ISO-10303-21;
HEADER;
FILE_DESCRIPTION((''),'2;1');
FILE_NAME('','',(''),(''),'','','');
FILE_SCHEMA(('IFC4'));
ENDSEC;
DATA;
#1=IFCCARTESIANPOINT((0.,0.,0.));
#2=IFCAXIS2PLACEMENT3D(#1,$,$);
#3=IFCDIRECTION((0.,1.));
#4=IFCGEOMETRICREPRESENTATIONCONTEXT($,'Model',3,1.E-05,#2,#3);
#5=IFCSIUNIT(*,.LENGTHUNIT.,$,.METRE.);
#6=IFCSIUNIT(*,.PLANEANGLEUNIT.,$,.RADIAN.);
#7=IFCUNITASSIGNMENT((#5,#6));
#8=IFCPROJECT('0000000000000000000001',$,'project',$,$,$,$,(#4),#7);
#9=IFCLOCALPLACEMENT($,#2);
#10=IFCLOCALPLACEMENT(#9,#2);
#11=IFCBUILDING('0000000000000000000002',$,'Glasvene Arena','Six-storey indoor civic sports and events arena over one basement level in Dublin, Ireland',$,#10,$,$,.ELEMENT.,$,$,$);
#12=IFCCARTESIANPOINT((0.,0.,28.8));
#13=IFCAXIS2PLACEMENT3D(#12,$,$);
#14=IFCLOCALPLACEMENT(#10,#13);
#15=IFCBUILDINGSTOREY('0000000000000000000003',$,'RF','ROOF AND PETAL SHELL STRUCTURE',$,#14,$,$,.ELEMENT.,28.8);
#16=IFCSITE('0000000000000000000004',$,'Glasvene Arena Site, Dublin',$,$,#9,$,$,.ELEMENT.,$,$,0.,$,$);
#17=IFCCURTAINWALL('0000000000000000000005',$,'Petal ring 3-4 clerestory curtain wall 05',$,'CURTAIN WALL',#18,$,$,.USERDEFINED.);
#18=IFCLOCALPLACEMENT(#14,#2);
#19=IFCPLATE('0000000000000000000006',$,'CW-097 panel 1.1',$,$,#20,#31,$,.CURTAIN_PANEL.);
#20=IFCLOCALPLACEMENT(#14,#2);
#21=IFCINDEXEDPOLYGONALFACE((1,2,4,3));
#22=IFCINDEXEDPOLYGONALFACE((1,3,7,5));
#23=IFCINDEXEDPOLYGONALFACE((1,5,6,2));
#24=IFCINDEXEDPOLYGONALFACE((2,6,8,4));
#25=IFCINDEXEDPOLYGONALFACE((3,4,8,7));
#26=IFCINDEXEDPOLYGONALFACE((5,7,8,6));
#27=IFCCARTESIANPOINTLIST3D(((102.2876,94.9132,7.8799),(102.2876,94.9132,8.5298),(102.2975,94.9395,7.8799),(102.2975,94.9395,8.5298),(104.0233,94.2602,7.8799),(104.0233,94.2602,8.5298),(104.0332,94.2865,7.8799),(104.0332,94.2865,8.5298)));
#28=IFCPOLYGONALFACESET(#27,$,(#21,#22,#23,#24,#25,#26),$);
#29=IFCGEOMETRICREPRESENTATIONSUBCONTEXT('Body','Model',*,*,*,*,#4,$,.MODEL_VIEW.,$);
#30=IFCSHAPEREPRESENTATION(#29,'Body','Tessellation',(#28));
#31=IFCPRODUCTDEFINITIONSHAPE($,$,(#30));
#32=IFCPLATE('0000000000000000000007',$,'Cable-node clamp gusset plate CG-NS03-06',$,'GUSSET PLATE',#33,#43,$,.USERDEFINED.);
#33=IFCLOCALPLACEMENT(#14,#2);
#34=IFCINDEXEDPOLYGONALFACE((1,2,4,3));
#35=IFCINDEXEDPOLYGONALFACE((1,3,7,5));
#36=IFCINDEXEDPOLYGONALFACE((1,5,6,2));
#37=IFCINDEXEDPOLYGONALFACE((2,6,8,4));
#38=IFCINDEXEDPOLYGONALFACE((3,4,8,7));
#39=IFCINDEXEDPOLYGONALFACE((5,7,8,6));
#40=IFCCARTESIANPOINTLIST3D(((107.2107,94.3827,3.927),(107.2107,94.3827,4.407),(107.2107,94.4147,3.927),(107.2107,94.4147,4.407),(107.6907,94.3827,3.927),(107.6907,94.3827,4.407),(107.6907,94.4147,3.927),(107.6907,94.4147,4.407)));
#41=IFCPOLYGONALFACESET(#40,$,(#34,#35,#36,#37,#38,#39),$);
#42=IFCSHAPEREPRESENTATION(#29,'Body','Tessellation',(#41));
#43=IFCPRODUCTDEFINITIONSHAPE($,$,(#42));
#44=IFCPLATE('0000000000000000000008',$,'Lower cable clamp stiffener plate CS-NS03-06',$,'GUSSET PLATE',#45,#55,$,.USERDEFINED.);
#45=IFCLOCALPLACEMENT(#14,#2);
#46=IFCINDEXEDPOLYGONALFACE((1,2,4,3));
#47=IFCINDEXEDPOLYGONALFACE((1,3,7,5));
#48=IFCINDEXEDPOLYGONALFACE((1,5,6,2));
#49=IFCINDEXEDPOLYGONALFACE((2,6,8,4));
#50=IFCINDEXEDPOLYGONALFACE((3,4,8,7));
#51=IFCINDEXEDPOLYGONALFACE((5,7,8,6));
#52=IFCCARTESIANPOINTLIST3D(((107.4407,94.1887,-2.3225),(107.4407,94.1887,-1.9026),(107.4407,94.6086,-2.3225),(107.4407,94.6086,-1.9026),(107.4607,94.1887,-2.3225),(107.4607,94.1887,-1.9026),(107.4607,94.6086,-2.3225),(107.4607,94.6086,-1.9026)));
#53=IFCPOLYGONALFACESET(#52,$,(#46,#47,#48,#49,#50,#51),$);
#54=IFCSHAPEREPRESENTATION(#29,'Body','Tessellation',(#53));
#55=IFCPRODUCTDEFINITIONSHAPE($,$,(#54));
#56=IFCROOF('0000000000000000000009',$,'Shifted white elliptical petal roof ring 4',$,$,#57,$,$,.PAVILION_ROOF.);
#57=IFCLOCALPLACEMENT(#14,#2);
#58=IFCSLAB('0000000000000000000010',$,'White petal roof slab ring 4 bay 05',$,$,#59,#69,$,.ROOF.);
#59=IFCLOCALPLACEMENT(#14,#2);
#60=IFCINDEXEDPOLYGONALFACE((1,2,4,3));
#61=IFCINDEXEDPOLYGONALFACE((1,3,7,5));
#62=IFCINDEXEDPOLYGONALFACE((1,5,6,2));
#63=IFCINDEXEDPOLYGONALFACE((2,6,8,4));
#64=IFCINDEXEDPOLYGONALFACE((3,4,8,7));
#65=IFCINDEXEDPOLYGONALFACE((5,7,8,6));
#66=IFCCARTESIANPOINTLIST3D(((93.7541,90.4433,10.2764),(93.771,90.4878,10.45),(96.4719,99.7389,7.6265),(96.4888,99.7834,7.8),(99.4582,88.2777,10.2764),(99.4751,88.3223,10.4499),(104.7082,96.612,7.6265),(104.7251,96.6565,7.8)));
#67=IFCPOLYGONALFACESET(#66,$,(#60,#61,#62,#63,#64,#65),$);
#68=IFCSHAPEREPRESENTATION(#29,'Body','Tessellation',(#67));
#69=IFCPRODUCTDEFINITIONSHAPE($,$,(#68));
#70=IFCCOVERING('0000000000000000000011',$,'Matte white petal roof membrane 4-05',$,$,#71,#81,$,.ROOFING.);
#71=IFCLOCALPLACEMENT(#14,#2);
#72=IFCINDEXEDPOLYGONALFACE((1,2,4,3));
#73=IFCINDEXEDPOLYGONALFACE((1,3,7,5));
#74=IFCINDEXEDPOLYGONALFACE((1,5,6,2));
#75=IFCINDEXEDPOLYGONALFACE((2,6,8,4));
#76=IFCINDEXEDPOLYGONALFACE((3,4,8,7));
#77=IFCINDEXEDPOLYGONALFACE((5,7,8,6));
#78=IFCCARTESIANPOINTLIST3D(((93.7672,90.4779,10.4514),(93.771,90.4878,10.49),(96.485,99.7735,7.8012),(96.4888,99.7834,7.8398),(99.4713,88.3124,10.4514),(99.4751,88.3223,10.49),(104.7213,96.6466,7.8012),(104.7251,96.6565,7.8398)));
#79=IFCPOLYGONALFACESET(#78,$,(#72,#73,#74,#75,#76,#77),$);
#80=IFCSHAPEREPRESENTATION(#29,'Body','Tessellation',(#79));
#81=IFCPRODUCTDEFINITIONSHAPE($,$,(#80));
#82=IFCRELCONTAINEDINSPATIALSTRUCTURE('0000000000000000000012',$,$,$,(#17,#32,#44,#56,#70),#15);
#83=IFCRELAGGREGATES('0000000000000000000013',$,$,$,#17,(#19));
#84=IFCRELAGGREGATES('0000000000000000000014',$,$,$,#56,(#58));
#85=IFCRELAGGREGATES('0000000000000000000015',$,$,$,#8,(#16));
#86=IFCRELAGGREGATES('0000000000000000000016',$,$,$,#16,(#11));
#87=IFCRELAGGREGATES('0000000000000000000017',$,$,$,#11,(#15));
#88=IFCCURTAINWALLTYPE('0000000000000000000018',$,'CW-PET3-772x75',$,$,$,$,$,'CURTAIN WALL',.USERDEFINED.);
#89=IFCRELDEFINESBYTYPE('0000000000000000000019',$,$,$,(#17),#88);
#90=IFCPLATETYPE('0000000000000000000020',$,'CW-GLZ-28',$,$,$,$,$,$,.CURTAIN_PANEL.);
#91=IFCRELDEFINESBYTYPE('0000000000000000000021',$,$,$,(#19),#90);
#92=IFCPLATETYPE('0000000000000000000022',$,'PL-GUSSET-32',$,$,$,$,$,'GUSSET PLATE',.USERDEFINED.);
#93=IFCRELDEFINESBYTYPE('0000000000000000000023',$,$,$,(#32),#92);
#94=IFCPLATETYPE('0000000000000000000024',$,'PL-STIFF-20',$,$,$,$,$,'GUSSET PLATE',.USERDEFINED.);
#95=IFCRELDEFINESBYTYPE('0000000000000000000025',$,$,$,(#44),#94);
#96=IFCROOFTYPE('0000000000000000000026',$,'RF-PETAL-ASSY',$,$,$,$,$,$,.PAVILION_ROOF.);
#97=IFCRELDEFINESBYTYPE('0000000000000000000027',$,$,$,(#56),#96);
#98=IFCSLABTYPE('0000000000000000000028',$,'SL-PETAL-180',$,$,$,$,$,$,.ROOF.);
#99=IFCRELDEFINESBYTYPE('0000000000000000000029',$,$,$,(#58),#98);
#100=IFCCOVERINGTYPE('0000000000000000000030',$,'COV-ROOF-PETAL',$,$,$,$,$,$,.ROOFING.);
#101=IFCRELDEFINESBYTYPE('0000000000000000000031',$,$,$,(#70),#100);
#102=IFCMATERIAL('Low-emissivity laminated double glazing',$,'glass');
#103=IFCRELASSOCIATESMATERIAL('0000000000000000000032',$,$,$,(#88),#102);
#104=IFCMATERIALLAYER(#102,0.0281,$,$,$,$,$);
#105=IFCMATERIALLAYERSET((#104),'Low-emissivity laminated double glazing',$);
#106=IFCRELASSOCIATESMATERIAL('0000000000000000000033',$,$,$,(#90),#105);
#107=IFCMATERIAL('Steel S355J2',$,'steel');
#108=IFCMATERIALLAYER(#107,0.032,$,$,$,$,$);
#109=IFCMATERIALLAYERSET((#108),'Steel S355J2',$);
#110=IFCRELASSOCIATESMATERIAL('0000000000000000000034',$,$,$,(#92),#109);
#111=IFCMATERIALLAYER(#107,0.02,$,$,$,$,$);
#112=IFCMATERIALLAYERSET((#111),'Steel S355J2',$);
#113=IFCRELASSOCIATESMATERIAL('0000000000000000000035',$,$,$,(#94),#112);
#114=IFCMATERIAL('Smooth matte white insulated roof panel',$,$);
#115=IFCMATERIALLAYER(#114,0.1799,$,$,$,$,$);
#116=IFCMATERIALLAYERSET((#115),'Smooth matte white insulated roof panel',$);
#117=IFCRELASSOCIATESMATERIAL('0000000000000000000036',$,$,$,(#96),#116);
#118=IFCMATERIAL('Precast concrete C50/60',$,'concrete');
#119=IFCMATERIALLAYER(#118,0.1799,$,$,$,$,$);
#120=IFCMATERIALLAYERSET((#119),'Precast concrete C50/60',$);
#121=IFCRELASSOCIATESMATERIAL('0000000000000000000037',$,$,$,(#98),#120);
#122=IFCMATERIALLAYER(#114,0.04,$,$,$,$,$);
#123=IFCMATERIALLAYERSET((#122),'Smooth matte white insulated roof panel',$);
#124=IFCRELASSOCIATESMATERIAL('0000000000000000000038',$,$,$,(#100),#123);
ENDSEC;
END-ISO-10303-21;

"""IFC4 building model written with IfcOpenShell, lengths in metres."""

from ifc_helpers import new_model, si_unit, direction, frame, origin, origin_2d, place, context, subcontext, project, spatial, polyline, rectangle, outline, extrude, material, layer, layer_set, type_object, element, aggregate, save


model = new_model("IFC4")

# Units and contexts
model_context = context("Model", 3, precision=1e-05, world=origin(), true_north=direction((0.0, 1.0)))
body_context = subcontext(model_context, "Body", "Model", "MODEL_VIEW")
ifc_project = project(units=[si_unit("LENGTHUNIT", "METRE"), si_unit("PLANEANGLEUNIT", "RADIAN")], contexts=[model_context])

# Site, building, storey
site_placement = place(None, origin())
site = spatial("IfcSite", under=ifc_project, at=site_placement, Name="Glasvene Arena Site, Dublin", CompositionType="ELEMENT", RefElevation=0.0)
building_placement = place(site_placement, origin())
building = spatial("IfcBuilding", under=site, at=building_placement, Name="Glasvene Arena", Description="Six-storey indoor civic sports and events arena over one basement level in Dublin, Ireland", CompositionType="ELEMENT")
storey_placement = place(building_placement, frame((0.0, 0.0, 28.8)))
storey = spatial("IfcBuildingStorey", under=building, at=storey_placement, Name="RF", Description="ROOF AND PETAL SHELL STRUCTURE", CompositionType="ELEMENT", Elevation=28.8)

# Curtain wall
ifc_material_1 = material(Name="Low-emissivity laminated double glazing", Category="glass")
curtain_wall_type_1 = type_object("IfcCurtainWallType", Name="CW-PET3-772x75", ElementType="CURTAIN WALL", PredefinedType="USERDEFINED", material=ifc_material_1)
curtain_wall_1_placement = place(storey_placement, frame((104.075, 94.2559, 0.0)))
curtain_wall_1 = element("IfcCurtainWall", 1, at=curtain_wall_1_placement, inside=storey, type_object=curtain_wall_type_1, Name="Petal ring 3-4 clerestory curtain wall 05", ObjectType="CURTAIN WALL", PredefinedType="USERDEFINED")

# Shared definitions
ifc_material_2 = material(Name="Steel S355J2", Category="steel")

# Plate
ifc_layer_1 = layer(ifc_material_1, 0.0281)
ifc_layer_set_1 = layer_set([ifc_layer_1], Name="Low-emissivity laminated double glazing")
plate_type_1 = type_object("IfcPlateType", Name="CW-GLZ-28", PredefinedType="CURTAIN_PANEL", material=ifc_layer_set_1)
plate_1_placement = place(storey_placement, frame((103.1604, 94.5999, 7.8799), z_axis=(0.0, 0.0, 1.0), x_axis=(-0.935966, 0.352092, 0.0)))
plate_1 = element("IfcPlate", 2, at=plate_1_placement, type_object=plate_type_1, Name="CW-097 panel 1.1", PredefinedType="CURTAIN_PANEL", context=body_context, shape_type="SweptSolid", body=[
    extrude(rectangle(XDim=1.8545, YDim=0.0281, at=origin_2d()), origin(), (0.0, 0.0, 1.0), 0.6499),
])
aggregate(curtain_wall_1, [plate_1])

# Plates
ifc_layer_2 = layer(ifc_material_2, 0.032)
ifc_layer_set_2 = layer_set([ifc_layer_2], Name="Steel S355J2")
plate_type_2 = type_object("IfcPlateType", Name="PL-GUSSET-32", ElementType="GUSSET PLATE", PredefinedType="USERDEFINED", material=ifc_layer_set_2)
plate_2_placement = place(storey_placement, frame((107.4507, 94.3987, 3.927), z_axis=(0.0, 0.0, 1.0), x_axis=(1.0, 0.0, 0.0)))
element("IfcPlate", 3, at=plate_2_placement, inside=storey, type_object=plate_type_2, Name="Cable-node clamp gusset plate CG-NS03-06", ObjectType="GUSSET PLATE", PredefinedType="USERDEFINED", context=body_context, shape_type="SweptSolid", body=[
    extrude(rectangle(XDim=0.48, YDim=0.032, at=origin_2d()), origin(), (0.0, 0.0, 1.0), 0.48),
])
ifc_layer_3 = layer(ifc_material_2, 0.02)
ifc_layer_set_3 = layer_set([ifc_layer_3], Name="Steel S355J2")
plate_type_3 = type_object("IfcPlateType", Name="PL-STIFF-20", ElementType="GUSSET PLATE", PredefinedType="USERDEFINED", material=ifc_layer_set_3)
plate_3_placement = place(storey_placement, frame((107.4507, 94.3987, -2.3225), z_axis=(0.0, 0.0, 1.0), x_axis=(1.0, 0.0, 0.0)))
element("IfcPlate", 4, at=plate_3_placement, inside=storey, type_object=plate_type_3, Name="Lower cable clamp stiffener plate CS-NS03-06", ObjectType="GUSSET PLATE", PredefinedType="USERDEFINED", context=body_context, shape_type="SweptSolid", body=[
    extrude(rectangle(XDim=0.02, YDim=0.4199, at=origin_2d()), origin(), (0.0, 0.0, 1.0), 0.4199),
])

# Roof, slab
ifc_material_3 = material(Name="Smooth matte white insulated roof panel")
ifc_layer_4 = layer(ifc_material_3, 0.1799)
ifc_layer_set_4 = layer_set([ifc_layer_4], Name="Smooth matte white insulated roof panel")
roof_type = type_object("IfcRoofType", Name="RF-PETAL-ASSY", PredefinedType="PAVILION_ROOF", material=ifc_layer_set_4)
roof_placement = place(storey_placement, frame((87.6499, 69.55, 7.8)))
roof = element("IfcRoof", 5, at=roof_placement, inside=storey, type_object=roof_type, Name="Shifted white elliptical petal roof ring 4", PredefinedType="PAVILION_ROOF")
ifc_material_4 = material(Name="Precast concrete C50/60", Category="concrete")
ifc_layer_5 = layer(ifc_material_4, 0.1799)
ifc_layer_set_5 = layer_set([ifc_layer_5], Name="Precast concrete C50/60")
slab_type = type_object("IfcSlabType", Name="SL-PETAL-180", PredefinedType="ROOF", material=ifc_layer_set_5)
slab_placement = place(storey_placement, frame((104.7251, 96.6565, 7.8), z_axis=(0.09394, 0.247439, 0.964339), x_axis=(-0.934891, 0.354935, -0.000001)))
slab = element("IfcSlab", 6, at=slab_placement, type_object=slab_type, Name="White petal roof slab ring 4 bay 05", PredefinedType="ROOF", context=body_context, shape_type="SweptSolid", body=[
    extrude(outline(polyline([(0.0, 0.0), (8.8099, 0.0), (8.0514, 10.0121), (1.9501, 10.012), (0.0, 0.0)])), origin(), (0.0, 0.0, -1.0), 0.1799),
])
aggregate(roof, [slab])

# Covering
ifc_layer_6 = layer(ifc_material_3, 0.04)
ifc_layer_set_6 = layer_set([ifc_layer_6], Name="Smooth matte white insulated roof panel")
covering_type = type_object("IfcCoveringType", Name="COV-ROOF-PETAL", PredefinedType="ROOFING", material=ifc_layer_set_6)
covering_placement = place(storey_placement, frame((104.7251, 96.6565, 7.8398), z_axis=(0.093948, 0.24746, 0.964333), x_axis=(-0.934891, 0.354935, -0.000001)))
element("IfcCovering", 7, at=covering_placement, inside=storey, type_object=covering_type, Name="Matte white petal roof membrane 4-05", PredefinedType="ROOFING", context=body_context, shape_type="SweptSolid", body=[
    extrude(outline(polyline([(0.0, 0.0), (8.8099, 0.0), (8.0514, 10.0122), (1.9501, 10.0121), (0.0, 0.0)])), origin(), (0.0, 0.0, -1.0), 0.04),
])

save(model, "model.ifc")
